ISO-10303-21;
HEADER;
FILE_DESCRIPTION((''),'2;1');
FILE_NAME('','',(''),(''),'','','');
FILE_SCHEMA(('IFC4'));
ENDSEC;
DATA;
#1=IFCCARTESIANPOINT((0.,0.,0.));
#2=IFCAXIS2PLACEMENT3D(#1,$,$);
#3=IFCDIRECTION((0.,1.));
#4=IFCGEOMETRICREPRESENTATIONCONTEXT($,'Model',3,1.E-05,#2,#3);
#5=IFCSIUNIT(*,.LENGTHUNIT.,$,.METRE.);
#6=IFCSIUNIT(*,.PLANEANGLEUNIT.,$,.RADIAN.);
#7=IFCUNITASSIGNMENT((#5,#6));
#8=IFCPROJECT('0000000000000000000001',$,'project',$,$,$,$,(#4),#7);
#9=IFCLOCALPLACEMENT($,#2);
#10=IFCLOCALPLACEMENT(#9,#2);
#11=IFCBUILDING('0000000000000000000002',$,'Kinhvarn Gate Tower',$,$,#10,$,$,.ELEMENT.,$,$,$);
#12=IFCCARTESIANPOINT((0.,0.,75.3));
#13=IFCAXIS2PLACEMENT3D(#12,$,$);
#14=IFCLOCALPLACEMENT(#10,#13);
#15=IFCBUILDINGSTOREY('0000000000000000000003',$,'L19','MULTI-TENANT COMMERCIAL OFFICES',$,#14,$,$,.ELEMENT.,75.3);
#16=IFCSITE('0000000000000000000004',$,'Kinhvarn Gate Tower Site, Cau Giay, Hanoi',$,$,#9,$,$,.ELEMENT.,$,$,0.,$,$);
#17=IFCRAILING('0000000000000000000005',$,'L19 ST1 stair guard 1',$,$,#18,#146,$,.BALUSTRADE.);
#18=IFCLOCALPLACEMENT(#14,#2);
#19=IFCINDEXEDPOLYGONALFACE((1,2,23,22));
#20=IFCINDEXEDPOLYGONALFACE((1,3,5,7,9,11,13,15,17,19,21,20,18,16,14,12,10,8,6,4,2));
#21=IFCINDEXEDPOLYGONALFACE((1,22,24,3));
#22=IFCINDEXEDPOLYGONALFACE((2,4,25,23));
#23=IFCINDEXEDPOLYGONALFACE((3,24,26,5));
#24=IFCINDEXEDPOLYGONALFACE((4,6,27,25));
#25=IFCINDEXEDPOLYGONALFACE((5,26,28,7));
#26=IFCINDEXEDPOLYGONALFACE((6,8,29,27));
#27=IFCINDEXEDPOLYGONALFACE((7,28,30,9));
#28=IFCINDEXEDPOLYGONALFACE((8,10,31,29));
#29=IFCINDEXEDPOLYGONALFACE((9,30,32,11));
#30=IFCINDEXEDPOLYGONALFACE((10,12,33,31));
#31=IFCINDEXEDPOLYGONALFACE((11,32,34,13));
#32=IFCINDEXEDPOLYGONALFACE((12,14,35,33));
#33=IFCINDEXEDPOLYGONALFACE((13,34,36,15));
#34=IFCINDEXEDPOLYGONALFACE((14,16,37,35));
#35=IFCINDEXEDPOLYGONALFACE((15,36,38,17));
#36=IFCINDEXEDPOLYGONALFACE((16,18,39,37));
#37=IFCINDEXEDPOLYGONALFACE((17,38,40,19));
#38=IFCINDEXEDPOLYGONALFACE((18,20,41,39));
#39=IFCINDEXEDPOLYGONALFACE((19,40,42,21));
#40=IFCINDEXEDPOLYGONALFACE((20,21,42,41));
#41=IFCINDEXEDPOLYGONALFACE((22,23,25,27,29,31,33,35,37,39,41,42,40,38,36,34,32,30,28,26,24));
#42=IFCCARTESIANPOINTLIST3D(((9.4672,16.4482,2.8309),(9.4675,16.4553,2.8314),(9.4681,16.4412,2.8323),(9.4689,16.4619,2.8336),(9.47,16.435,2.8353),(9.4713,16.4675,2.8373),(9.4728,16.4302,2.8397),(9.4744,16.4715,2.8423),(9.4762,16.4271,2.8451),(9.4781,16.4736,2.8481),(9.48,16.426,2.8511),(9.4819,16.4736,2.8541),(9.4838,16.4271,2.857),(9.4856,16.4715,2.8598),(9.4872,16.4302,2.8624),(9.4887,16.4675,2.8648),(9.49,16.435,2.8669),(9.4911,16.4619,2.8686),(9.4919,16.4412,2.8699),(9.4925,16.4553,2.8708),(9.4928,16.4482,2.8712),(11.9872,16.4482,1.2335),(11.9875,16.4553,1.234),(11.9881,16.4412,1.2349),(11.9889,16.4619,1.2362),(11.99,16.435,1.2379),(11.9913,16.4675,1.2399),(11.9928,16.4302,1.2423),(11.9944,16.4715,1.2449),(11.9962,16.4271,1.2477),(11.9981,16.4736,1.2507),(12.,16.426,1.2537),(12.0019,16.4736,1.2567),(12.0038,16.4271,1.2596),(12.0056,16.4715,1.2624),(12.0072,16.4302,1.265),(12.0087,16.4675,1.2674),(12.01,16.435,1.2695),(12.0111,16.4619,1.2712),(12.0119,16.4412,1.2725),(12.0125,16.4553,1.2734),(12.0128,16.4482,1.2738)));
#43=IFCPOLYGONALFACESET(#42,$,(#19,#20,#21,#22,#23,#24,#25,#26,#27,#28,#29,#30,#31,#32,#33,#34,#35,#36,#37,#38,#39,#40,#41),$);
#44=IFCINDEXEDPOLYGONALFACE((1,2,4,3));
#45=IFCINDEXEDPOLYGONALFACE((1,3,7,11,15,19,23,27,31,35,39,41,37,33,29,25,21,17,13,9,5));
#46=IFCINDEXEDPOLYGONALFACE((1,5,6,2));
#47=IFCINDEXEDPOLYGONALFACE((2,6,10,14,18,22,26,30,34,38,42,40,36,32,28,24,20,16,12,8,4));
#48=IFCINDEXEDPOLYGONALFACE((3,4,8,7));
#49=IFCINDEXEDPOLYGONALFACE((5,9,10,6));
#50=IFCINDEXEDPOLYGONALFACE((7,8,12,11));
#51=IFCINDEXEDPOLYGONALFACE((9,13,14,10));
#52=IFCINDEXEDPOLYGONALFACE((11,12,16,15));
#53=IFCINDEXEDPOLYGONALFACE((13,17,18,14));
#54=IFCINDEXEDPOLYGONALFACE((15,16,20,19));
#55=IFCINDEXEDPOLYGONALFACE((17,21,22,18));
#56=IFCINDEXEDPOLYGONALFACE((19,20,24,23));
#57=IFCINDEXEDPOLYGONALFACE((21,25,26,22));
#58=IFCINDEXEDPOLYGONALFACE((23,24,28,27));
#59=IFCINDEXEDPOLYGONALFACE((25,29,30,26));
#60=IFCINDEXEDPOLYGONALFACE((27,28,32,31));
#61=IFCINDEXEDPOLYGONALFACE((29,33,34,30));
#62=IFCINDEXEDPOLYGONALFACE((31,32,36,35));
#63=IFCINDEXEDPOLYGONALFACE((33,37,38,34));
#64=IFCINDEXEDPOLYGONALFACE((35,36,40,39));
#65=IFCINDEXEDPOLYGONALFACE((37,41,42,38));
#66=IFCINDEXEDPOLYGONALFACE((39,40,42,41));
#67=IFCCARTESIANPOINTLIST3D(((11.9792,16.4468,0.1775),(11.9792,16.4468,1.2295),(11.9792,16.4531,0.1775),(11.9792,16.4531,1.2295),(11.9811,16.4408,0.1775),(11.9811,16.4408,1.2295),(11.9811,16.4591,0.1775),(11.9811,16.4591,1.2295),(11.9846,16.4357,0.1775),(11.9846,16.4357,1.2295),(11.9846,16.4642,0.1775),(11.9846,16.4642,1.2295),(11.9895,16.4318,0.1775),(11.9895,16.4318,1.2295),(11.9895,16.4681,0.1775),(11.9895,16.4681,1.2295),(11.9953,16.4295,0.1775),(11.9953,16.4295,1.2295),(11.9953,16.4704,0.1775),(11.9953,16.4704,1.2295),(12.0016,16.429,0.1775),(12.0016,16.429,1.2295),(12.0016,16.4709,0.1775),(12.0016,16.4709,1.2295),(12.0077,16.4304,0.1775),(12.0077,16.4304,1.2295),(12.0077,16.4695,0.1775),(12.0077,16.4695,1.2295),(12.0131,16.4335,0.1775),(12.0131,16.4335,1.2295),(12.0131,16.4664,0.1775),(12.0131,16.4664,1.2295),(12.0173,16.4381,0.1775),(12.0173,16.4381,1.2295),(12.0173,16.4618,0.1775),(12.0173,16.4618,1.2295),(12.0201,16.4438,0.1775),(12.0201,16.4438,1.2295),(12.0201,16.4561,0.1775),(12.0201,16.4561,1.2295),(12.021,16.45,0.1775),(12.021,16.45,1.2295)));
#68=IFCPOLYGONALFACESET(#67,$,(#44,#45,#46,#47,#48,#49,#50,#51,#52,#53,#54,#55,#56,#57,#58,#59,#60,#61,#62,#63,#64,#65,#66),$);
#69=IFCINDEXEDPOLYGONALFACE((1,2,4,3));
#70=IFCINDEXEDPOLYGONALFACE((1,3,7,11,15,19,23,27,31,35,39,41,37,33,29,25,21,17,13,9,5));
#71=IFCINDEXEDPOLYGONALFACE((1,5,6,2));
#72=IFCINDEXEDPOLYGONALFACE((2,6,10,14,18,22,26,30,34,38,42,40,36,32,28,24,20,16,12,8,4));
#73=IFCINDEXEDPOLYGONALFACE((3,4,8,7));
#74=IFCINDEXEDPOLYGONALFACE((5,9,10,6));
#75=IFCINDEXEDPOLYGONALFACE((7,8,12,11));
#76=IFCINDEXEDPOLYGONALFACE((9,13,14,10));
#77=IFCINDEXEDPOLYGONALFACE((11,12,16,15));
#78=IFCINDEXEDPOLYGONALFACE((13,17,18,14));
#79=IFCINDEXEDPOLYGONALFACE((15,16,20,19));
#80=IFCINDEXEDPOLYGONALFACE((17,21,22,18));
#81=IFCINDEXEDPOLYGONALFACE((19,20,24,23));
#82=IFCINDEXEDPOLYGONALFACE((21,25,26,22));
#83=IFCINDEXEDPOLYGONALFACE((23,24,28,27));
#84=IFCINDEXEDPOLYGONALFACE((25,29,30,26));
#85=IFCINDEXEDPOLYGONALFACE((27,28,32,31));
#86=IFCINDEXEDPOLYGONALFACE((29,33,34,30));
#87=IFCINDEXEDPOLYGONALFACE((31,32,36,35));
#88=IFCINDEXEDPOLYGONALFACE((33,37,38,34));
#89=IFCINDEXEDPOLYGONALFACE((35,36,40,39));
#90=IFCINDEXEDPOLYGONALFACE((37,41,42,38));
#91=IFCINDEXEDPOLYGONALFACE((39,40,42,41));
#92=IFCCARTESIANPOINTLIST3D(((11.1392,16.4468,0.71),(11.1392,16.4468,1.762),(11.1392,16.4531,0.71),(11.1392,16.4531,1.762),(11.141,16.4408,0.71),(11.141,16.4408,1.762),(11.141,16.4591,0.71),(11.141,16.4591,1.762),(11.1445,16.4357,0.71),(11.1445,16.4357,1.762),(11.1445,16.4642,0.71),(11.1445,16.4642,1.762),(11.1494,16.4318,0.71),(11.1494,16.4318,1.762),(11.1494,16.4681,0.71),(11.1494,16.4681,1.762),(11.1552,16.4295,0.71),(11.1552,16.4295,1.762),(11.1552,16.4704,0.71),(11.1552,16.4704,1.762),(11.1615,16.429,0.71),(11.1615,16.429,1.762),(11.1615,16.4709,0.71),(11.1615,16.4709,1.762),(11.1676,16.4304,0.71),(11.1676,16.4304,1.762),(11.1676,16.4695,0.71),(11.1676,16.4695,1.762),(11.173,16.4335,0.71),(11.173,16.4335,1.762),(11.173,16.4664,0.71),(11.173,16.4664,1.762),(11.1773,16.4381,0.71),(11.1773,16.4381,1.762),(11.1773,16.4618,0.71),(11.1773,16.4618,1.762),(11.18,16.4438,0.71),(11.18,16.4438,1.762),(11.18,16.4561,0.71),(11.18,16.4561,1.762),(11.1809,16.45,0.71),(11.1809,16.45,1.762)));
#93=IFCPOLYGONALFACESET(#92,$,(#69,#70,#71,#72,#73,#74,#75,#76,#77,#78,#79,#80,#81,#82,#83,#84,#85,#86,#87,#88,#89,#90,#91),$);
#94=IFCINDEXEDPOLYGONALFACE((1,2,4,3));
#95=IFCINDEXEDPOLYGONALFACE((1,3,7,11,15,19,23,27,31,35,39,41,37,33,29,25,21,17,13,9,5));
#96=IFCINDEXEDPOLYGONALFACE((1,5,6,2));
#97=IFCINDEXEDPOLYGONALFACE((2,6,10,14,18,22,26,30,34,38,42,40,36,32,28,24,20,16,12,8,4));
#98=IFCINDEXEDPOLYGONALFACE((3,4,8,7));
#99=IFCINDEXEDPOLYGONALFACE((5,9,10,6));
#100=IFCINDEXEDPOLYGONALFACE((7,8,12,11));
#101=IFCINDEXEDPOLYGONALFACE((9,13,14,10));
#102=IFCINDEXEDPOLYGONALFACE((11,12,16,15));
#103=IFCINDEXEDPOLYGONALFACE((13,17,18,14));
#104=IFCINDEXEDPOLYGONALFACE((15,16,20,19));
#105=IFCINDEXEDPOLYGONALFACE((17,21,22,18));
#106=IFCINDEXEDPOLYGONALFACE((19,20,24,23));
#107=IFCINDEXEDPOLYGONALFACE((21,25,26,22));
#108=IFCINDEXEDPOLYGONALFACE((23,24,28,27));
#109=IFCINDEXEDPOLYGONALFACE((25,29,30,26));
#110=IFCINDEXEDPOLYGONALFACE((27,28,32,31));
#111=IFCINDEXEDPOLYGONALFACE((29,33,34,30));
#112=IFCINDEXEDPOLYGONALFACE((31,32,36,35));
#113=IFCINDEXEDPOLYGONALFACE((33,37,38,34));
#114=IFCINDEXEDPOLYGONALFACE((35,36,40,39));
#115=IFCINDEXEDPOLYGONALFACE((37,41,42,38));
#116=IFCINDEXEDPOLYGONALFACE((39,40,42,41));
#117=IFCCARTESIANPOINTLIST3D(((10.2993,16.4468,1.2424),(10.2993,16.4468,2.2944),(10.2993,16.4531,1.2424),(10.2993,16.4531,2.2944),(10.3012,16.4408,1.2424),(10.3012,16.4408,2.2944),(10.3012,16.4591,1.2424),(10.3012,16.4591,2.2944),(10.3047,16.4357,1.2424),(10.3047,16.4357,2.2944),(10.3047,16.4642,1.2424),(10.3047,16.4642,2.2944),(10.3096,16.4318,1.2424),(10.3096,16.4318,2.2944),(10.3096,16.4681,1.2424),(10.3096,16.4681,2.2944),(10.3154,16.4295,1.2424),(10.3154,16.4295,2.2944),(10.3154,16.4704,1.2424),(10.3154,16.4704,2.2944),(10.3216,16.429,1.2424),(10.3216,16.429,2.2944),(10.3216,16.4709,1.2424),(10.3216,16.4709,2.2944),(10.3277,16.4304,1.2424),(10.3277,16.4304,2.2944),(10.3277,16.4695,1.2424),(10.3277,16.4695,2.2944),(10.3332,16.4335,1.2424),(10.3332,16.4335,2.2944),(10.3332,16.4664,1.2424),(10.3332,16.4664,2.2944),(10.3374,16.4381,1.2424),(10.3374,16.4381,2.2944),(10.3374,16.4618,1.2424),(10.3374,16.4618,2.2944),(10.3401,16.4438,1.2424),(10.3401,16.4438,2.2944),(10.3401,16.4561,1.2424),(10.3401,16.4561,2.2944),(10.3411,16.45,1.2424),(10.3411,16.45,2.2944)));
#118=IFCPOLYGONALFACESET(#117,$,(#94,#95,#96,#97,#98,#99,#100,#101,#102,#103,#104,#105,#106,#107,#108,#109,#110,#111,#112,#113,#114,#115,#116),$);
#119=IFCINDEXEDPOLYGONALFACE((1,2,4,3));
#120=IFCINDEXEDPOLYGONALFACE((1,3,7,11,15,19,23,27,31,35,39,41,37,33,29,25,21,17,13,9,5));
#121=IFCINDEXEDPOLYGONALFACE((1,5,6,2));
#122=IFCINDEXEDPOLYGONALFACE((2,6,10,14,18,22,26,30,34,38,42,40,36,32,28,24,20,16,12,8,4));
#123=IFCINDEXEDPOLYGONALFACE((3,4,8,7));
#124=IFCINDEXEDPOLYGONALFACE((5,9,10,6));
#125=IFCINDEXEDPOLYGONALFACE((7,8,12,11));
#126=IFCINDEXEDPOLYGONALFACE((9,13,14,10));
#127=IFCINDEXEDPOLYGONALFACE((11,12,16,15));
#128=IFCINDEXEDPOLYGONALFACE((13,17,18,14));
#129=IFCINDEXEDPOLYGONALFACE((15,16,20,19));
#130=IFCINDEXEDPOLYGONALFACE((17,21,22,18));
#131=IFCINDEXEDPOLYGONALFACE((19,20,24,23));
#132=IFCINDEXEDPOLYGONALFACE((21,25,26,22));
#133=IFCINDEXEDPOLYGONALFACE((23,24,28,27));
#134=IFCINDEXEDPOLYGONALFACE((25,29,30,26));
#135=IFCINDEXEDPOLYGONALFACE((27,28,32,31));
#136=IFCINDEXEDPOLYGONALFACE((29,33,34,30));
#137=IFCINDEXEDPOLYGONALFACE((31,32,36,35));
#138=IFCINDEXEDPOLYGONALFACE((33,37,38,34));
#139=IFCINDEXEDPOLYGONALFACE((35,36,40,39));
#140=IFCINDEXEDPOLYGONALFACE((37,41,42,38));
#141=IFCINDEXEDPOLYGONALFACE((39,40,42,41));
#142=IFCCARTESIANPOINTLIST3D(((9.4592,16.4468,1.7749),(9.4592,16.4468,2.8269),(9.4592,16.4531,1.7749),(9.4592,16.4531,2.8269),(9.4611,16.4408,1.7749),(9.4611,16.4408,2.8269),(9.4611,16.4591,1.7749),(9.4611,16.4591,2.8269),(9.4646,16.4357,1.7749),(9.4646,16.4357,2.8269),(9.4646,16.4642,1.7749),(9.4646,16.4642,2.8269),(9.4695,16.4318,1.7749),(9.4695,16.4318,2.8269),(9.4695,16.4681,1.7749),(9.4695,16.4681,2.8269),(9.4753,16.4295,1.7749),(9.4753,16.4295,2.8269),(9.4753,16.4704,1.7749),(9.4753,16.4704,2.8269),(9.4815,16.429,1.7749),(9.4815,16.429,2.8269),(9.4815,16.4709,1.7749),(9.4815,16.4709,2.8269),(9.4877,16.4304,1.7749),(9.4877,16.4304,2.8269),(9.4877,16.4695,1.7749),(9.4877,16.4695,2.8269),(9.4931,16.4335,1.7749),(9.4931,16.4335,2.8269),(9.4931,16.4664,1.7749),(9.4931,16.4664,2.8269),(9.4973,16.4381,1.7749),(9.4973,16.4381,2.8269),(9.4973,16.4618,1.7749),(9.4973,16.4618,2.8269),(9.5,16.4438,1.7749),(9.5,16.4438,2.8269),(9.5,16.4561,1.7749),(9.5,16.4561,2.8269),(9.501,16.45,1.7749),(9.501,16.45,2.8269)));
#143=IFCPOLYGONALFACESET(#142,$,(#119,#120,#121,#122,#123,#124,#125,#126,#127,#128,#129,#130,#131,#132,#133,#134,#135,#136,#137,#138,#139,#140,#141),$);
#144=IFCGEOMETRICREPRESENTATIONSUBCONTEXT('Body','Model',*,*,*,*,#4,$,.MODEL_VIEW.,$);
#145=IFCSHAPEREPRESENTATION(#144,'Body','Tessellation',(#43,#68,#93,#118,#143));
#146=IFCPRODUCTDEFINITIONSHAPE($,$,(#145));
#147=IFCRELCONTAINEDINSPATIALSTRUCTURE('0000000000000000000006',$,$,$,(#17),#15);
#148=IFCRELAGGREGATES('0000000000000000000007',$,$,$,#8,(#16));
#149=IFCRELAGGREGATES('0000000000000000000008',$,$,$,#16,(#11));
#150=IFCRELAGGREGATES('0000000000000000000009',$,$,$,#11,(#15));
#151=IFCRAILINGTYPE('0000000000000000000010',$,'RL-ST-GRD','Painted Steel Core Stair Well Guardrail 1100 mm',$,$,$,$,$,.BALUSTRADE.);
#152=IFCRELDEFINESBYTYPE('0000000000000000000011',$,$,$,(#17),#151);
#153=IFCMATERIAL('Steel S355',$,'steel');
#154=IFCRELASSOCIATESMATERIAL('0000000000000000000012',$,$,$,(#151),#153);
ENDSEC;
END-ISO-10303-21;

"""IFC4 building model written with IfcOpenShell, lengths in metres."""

from ifc_helpers import new_model, si_unit, direction, frame, origin, origin_2d, place, context, subcontext, project, spatial, circle, extrude, material, type_object, element, save


model = new_model("IFC4")

# Units and contexts
model_context = context("Model", 3, precision=1e-05, world=origin(), true_north=direction((0.0, 1.0)))
body_context = subcontext(model_context, "Body", "Model", "MODEL_VIEW")
ifc_project = project(units=[si_unit("LENGTHUNIT", "METRE"), si_unit("PLANEANGLEUNIT", "RADIAN")], contexts=[model_context])

# Site, building, storey
site_placement = place(None, origin())
site = spatial("IfcSite", under=ifc_project, at=site_placement, Name="Kinhvarn Gate Tower Site, Cau Giay, Hanoi", CompositionType="ELEMENT", RefElevation=0.0)
building_placement = place(site_placement, origin())
building = spatial("IfcBuilding", under=site, at=building_placement, Name="Kinhvarn Gate Tower", CompositionType="ELEMENT")
storey_placement = place(building_placement, frame((0.0, 0.0, 75.3)))
storey = spatial("IfcBuildingStorey", under=building, at=storey_placement, Name="L19", Description="MULTI-TENANT COMMERCIAL OFFICES", CompositionType="ELEMENT", Elevation=75.3)

# Railing
ifc_material_1 = material(Name="Steel S355", Category="steel")
railing_type_1 = type_object("IfcRailingType", Name="RL-ST-GRD", Description="Painted Steel Core Stair Well Guardrail 1100 mm", PredefinedType="BALUSTRADE", material=ifc_material_1)
railing_1_placement = place(storey_placement, frame((12.0, 16.45, 0.1775)))
element("IfcRailing", 1, at=railing_1_placement, inside=storey, type_object=railing_type_1, Name="L19 ST1 stair guard 1", PredefinedType="BALUSTRADE", context=body_context, shape_type="SweptSolid", body=[
    extrude(circle(Radius=0.0239, at=origin_2d()), frame((0.0, 0.0, 1.0762), z_axis=(-0.844607, 0.0, 0.535387), x_axis=(0.0, -1.0, 0.0)), (0.0, 0.0, 1.0), 2.9836),
    extrude(circle(Radius=0.021, at=origin_2d()), origin(), (0.0, 0.0, 1.0), 1.052),
    extrude(circle(Radius=0.021, at=origin_2d()), frame((-0.8401, 0.0, 0.5325)), (0.0, 0.0, 1.0), 1.052),
    extrude(circle(Radius=0.021, at=origin_2d()), frame((-1.6799, 0.0, 1.0649)), (0.0, 0.0, 1.0), 1.052),
    extrude(circle(Radius=0.021, at=origin_2d()), frame((-2.52, 0.0, 1.5974)), (0.0, 0.0, 1.0), 1.052),
])

save(model, "model.ifc")
